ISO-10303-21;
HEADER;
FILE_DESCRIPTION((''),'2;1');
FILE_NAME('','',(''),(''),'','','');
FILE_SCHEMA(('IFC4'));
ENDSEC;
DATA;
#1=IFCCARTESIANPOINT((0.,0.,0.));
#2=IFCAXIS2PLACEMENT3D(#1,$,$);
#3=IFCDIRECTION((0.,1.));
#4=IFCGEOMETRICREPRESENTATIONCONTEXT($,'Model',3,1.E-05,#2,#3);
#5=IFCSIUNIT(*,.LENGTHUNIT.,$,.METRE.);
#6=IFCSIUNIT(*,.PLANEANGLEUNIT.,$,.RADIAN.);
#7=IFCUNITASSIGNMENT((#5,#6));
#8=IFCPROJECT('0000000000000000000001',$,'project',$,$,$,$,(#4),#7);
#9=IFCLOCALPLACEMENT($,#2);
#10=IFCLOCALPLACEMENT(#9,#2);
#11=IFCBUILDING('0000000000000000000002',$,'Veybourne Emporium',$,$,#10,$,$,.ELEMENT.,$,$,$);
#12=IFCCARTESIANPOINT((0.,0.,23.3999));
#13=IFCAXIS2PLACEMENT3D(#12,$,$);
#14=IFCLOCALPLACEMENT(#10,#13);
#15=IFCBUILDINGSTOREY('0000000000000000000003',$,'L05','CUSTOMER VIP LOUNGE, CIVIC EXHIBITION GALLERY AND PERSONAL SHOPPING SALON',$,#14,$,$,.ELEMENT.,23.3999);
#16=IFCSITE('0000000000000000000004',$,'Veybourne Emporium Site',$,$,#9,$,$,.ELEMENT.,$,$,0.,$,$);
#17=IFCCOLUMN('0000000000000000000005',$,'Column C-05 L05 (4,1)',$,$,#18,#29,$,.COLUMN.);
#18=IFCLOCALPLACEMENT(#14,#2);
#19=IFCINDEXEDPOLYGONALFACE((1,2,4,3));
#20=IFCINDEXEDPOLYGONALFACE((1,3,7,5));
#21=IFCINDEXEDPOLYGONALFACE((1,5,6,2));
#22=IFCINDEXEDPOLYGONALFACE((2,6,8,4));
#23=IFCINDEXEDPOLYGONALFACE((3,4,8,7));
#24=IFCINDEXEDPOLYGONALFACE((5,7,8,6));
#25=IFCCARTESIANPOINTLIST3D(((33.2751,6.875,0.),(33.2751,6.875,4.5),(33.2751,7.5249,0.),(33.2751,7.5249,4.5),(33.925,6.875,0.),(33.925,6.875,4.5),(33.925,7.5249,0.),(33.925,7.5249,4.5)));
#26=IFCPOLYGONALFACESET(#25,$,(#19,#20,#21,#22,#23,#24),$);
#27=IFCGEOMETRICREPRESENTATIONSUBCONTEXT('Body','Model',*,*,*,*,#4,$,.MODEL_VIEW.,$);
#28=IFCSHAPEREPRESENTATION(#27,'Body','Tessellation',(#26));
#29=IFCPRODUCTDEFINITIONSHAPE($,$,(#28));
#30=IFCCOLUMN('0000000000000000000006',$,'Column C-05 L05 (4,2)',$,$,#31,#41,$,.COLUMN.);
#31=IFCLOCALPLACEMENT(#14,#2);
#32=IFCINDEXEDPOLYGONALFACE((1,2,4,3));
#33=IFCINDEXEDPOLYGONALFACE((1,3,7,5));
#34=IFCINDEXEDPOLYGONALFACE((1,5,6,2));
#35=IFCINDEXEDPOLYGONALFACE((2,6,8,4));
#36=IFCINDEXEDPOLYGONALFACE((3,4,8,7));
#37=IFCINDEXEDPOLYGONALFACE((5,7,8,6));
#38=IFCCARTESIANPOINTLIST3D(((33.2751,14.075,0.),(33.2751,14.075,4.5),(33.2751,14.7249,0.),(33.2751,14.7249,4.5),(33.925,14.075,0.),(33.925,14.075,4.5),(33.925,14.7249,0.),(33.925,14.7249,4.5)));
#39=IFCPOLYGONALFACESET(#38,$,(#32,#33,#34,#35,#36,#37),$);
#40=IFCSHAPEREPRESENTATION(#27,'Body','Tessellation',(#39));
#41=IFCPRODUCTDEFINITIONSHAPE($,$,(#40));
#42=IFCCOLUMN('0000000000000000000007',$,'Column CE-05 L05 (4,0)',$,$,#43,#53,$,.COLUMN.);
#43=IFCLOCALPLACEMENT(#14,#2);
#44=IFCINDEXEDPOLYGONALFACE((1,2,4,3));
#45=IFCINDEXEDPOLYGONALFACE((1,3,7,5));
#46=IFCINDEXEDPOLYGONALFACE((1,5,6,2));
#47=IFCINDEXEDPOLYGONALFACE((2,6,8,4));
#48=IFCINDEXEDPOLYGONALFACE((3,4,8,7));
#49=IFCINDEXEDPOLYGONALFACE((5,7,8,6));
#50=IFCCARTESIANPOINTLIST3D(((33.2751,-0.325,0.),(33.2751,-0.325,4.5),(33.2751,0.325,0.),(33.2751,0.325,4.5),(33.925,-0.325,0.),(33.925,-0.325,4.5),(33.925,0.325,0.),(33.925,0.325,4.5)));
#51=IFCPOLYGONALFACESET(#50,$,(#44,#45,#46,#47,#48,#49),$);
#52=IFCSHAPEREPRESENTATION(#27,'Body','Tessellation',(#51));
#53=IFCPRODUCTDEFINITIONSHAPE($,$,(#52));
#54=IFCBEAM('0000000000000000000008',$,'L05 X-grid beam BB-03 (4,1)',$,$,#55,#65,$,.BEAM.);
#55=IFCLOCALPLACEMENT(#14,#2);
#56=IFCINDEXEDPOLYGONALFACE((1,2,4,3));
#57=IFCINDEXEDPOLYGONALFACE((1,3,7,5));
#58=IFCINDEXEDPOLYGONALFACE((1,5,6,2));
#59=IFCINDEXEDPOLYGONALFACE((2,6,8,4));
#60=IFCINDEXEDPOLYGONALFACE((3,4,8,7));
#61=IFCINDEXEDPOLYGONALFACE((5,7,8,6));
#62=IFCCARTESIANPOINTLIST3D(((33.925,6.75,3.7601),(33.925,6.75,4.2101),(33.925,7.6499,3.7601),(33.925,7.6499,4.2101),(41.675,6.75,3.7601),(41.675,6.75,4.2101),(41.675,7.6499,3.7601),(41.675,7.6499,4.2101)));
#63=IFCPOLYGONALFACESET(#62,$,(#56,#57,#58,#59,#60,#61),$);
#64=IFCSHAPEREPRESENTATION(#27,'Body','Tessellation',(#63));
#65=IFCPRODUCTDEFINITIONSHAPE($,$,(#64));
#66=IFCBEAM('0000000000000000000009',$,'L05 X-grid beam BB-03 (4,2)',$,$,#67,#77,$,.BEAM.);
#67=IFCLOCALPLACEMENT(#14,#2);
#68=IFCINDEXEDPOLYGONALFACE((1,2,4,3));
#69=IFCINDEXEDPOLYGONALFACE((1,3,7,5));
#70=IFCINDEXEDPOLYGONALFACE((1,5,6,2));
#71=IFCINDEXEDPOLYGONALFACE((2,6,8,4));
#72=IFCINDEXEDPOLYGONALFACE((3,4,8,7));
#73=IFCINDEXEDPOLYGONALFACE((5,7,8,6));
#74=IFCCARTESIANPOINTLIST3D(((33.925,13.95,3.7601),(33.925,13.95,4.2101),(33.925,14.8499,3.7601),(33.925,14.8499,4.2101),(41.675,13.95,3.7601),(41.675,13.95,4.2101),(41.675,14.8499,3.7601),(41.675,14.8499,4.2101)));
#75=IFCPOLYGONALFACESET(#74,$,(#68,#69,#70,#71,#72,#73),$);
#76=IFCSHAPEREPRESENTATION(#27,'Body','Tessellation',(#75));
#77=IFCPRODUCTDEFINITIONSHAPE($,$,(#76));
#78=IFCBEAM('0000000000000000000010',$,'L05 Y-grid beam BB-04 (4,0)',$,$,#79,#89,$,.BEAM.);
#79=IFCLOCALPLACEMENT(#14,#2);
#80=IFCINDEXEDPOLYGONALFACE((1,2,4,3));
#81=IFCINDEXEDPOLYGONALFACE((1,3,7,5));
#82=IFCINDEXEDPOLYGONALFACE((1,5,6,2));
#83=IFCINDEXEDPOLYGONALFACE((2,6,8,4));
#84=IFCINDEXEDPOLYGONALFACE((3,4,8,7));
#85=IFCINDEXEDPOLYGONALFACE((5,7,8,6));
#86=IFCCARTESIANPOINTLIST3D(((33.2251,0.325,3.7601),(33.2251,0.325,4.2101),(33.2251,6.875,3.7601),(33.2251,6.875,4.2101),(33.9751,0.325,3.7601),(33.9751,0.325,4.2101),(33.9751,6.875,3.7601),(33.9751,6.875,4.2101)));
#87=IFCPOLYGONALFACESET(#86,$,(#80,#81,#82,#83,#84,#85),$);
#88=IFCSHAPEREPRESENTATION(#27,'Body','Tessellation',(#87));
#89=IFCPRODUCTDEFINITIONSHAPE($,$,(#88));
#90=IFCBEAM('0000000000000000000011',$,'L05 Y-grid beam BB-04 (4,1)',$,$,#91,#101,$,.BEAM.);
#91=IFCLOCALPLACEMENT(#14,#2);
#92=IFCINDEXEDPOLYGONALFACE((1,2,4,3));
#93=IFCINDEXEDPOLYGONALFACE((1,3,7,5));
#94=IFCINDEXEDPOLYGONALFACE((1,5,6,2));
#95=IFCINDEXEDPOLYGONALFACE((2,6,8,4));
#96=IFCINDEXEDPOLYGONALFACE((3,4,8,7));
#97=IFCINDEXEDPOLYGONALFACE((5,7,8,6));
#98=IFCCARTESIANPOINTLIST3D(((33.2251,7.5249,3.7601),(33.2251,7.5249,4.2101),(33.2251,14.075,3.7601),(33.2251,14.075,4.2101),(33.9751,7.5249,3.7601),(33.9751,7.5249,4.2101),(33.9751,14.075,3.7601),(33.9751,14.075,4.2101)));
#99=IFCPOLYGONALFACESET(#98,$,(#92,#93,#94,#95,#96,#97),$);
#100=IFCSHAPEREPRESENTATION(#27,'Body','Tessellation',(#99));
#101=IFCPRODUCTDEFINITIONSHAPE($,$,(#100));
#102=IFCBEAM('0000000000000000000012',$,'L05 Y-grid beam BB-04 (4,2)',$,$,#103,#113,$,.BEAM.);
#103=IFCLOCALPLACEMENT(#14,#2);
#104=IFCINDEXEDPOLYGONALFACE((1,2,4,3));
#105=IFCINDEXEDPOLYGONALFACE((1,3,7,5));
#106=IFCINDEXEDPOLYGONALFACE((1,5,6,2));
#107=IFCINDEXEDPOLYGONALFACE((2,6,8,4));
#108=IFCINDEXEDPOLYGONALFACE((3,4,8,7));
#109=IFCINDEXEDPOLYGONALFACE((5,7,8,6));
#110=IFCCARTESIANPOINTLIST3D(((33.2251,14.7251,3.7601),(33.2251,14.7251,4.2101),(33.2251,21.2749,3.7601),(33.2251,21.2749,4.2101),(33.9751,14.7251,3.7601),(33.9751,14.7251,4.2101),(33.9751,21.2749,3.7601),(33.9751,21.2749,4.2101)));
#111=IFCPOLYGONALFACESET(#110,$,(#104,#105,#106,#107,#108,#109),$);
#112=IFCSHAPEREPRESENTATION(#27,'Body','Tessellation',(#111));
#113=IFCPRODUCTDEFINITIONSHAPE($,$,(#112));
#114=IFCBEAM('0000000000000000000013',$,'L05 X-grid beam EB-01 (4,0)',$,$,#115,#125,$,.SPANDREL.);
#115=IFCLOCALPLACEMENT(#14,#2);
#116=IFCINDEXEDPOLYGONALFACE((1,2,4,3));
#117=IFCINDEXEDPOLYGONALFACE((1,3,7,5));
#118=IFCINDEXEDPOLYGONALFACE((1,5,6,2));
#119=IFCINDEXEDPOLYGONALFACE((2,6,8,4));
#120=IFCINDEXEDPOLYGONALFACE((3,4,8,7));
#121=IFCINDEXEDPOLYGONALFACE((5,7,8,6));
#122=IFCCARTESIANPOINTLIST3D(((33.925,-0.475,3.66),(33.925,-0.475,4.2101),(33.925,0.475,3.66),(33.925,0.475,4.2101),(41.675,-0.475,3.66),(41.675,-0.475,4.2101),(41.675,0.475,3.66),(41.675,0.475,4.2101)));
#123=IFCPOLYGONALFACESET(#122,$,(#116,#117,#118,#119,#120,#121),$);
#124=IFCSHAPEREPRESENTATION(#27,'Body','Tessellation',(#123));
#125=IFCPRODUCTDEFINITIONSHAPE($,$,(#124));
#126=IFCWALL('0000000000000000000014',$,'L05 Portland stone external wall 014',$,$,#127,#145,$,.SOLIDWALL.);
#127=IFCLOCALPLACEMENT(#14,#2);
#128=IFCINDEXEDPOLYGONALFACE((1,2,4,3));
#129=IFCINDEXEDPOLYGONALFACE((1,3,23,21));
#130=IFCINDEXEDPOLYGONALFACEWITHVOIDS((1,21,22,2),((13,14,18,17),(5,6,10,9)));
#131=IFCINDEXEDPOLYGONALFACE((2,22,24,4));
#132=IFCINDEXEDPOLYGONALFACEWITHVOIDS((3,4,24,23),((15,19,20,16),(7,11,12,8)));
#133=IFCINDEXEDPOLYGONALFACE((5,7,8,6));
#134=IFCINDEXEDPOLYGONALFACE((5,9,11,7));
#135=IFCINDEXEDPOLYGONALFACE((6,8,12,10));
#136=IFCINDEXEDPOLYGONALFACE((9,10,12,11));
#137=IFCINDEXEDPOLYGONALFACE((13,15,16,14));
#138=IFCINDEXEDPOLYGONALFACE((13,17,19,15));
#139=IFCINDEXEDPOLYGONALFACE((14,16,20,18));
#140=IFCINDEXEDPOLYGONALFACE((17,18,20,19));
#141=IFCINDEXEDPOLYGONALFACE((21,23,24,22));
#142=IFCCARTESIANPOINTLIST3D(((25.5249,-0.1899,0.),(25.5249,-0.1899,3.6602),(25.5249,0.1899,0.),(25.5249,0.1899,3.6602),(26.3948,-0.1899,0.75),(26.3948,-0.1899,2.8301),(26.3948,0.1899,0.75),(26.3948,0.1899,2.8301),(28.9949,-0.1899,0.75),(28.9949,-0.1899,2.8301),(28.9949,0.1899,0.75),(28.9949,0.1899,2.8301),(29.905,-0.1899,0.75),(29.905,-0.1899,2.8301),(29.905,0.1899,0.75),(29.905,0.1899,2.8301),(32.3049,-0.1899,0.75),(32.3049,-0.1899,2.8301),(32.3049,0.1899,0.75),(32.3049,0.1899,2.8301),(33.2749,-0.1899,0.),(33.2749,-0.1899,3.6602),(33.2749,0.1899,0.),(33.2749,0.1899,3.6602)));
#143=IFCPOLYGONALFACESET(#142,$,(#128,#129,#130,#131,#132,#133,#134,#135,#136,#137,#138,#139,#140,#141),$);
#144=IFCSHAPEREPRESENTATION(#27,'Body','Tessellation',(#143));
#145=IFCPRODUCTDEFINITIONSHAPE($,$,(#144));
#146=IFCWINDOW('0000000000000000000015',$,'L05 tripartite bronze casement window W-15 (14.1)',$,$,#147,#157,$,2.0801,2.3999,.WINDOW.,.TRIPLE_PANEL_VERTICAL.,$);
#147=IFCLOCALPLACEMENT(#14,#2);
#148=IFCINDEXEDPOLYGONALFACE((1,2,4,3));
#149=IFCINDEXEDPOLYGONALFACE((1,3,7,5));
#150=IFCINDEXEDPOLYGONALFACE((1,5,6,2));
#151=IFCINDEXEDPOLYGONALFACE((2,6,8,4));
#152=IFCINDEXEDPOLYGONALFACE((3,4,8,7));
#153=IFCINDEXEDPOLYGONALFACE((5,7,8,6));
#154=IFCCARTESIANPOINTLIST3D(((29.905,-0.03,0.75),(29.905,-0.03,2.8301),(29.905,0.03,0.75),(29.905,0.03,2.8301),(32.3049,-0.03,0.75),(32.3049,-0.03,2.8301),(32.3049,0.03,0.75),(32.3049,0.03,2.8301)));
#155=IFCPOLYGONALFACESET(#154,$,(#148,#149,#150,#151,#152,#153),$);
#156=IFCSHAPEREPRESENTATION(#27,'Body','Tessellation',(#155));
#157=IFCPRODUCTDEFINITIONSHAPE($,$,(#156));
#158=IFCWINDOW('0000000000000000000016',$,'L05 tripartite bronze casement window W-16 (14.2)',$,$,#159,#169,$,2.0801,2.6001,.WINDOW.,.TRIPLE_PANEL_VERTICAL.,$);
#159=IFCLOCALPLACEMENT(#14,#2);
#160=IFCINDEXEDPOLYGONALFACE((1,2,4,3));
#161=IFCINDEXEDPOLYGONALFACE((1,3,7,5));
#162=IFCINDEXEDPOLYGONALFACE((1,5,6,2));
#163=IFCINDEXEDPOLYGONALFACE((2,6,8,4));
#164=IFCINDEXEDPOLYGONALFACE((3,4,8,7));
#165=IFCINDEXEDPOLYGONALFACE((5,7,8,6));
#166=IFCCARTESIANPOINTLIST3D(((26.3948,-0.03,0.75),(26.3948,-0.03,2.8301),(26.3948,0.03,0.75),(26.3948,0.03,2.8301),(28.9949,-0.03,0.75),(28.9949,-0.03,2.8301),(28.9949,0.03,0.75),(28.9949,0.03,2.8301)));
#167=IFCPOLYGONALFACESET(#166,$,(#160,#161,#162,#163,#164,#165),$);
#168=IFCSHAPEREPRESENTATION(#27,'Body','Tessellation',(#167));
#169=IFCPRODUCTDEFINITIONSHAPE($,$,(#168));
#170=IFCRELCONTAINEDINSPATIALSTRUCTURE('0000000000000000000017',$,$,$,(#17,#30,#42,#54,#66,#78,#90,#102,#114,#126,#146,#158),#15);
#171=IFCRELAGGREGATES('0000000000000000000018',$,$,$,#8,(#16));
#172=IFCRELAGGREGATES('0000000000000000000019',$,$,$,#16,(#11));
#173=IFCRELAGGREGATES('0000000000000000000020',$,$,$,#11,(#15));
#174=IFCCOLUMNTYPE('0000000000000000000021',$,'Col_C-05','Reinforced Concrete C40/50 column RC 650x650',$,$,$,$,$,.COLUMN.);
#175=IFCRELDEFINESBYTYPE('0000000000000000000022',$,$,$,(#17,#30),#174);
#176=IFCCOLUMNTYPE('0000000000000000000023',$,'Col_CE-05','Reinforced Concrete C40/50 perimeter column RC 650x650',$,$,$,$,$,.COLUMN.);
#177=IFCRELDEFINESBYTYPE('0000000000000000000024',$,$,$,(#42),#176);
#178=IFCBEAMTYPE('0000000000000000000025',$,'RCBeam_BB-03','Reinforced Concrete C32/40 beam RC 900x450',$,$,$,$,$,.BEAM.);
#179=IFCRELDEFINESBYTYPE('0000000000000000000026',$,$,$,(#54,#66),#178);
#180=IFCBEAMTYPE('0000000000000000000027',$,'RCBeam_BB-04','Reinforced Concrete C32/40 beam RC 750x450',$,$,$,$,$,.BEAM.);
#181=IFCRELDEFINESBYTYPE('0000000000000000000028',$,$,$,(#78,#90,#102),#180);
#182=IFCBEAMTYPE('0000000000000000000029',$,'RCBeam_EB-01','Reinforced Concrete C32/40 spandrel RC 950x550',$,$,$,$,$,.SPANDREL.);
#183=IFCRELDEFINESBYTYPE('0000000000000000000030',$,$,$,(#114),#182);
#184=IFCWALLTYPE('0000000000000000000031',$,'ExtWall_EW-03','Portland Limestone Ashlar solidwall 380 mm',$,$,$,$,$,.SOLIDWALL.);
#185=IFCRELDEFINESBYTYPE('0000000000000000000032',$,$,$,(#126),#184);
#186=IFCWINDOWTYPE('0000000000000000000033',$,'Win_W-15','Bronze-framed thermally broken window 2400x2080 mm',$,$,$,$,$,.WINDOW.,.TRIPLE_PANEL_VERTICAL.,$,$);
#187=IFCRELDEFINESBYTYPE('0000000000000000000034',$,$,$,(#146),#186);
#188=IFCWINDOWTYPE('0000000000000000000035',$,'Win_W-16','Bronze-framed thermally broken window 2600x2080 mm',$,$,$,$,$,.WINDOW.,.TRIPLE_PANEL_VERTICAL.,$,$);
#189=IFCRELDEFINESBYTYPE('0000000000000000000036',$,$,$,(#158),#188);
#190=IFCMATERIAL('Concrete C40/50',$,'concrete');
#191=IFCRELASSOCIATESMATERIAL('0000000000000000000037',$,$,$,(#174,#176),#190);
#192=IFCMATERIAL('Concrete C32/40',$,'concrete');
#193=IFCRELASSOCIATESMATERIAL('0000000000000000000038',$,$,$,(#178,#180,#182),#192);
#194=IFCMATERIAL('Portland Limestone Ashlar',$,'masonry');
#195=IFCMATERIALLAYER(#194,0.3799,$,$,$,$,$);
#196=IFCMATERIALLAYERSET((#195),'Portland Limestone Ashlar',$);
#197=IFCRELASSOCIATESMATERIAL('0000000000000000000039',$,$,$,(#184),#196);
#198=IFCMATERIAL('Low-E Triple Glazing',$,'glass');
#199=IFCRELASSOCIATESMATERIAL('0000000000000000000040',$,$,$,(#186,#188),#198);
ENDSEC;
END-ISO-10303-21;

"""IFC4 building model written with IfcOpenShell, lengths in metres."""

from ifc_helpers import new_model, si_unit, direction, frame, frame_2d, origin, origin_2d, place, context, subcontext, project, spatial, rectangle, extrude, material, layer, layer_set, material_profile, profile_set, type_object, element, fill, save


model = new_model("IFC4")

# Units and contexts
model_context = context("Model", 3, precision=1e-05, world=origin(), true_north=direction((0.0, 1.0)))
body_context = subcontext(model_context, "Body", "Model", "MODEL_VIEW")
ifc_project = project(units=[si_unit("LENGTHUNIT", "METRE"), si_unit("PLANEANGLEUNIT", "RADIAN")], contexts=[model_context])

# Site, building, storey
site_placement = place(None, origin())
site = spatial("IfcSite", under=ifc_project, at=site_placement, Name="Veybourne Emporium Site", CompositionType="ELEMENT", RefElevation=0.0)
building_placement = place(site_placement, origin())
building = spatial("IfcBuilding", under=site, at=building_placement, Name="Veybourne Emporium", CompositionType="ELEMENT")
storey_placement = place(building_placement, frame((0.0, 0.0, 23.3999)))
storey = spatial("IfcBuildingStorey", under=building, at=storey_placement, Name="L05", Description="CUSTOMER VIP LOUNGE, CIVIC EXHIBITION GALLERY AND PERSONAL SHOPPING SALON", CompositionType="ELEMENT", Elevation=23.3999)

# Columns
ifc_material_1 = material(Name="Concrete C40/50", Category="concrete")
ifc_material_profile_1 = material_profile(ifc_material_1, rectangle(XDim=0.6499, YDim=0.6499, at=origin_2d()), Name="RC 650x650")
ifc_profile_set_1 = profile_set([ifc_material_profile_1], Name="Concrete C40/50")
column_type_1 = type_object("IfcColumnType", Name="Col_C-05", Description="Reinforced Concrete C40/50 column RC 650x650", PredefinedType="COLUMN", material=ifc_profile_set_1)
for number, where, z_axis, x_axis, name in (
    (1, (33.6001, 7.2, 0.0), (0.0, 0.0, 1.0), (1.0, 0.0, 0.0), "Column C-05 L05 (4,1)"),
    (2, (33.6001, 14.3999, 0.0), (0.0, 0.0, 1.0), (1.0, 0.0, 0.0), "Column C-05 L05 (4,2)"),
):
    element("IfcColumn", number, at=place(storey_placement, frame(where, z_axis=z_axis, x_axis=x_axis)), inside=storey, type_object=column_type_1, Name=name, PredefinedType="COLUMN", context=body_context, shape_type="SweptSolid", body=[
        extrude(rectangle(XDim=0.6499, YDim=0.6499, at=origin_2d()), origin(), (0.0, 0.0, 1.0), 4.5),
    ])
ifc_material_profile_2 = material_profile(ifc_material_1, rectangle(XDim=0.6499, YDim=0.6499, at=origin_2d()), Name="RC 650x650")
ifc_profile_set_2 = profile_set([ifc_material_profile_2], Name="Concrete C40/50")
column_type_2 = type_object("IfcColumnType", Name="Col_CE-05", Description="Reinforced Concrete C40/50 perimeter column RC 650x650", PredefinedType="COLUMN", material=ifc_profile_set_2)
column_placement = place(storey_placement, frame((33.6001, 0.0, 0.0), z_axis=(0.0, 0.0, 1.0), x_axis=(1.0, 0.0, 0.0)))
element("IfcColumn", 3, at=column_placement, inside=storey, type_object=column_type_2, Name="Column CE-05 L05 (4,0)", PredefinedType="COLUMN", context=body_context, shape_type="SweptSolid", body=[
    extrude(rectangle(XDim=0.6499, YDim=0.6499, at=origin_2d()), origin(), (0.0, 0.0, 1.0), 4.5),
])

# Beams
ifc_material_2 = material(Name="Concrete C32/40", Category="concrete")
ifc_material_profile_3 = material_profile(ifc_material_2, rectangle(XDim=0.8999, YDim=0.45, at=origin_2d()), Name="RC 900x450")
ifc_profile_set_3 = profile_set([ifc_material_profile_3], Name="Concrete C32/40")
beam_type_1 = type_object("IfcBeamType", Name="RCBeam_BB-03", Description="Reinforced Concrete C32/40 beam RC 900x450", PredefinedType="BEAM", material=ifc_profile_set_3)
for number, where, z_axis, x_axis, name in (
    (4, (33.925, 7.2, 3.9851), (1.0, 0.0, 0.0), (0.0, 1.0, 0.0), "L05 X-grid beam BB-03 (4,1)"),
    (5, (33.925, 14.3999, 3.9851), (1.0, 0.0, 0.0), (0.0, 1.0, 0.0), "L05 X-grid beam BB-03 (4,2)"),
):
    element("IfcBeam", number, at=place(storey_placement, frame(where, z_axis=z_axis, x_axis=x_axis)), inside=storey, type_object=beam_type_1, Name=name, PredefinedType="BEAM", context=body_context, shape_type="SweptSolid", body=[
        extrude(rectangle(XDim=0.8999, YDim=0.45, at=origin_2d()), origin(), (0.0, 0.0, 1.0), 7.75),
    ])
ifc_material_profile_4 = material_profile(ifc_material_2, rectangle(XDim=0.75, YDim=0.45, at=origin_2d()), Name="RC 750x450")
ifc_profile_set_4 = profile_set([ifc_material_profile_4], Name="Concrete C32/40")
beam_type_2 = type_object("IfcBeamType", Name="RCBeam_BB-04", Description="Reinforced Concrete C32/40 beam RC 750x450", PredefinedType="BEAM", material=ifc_profile_set_4)
for number, where, z_axis, x_axis, name in (
    (6, (33.6001, 0.325, 3.9851), (0.0, 1.0, 0.0), (-1.0, 0.0, 0.0), "L05 Y-grid beam BB-04 (4,0)"),
    (7, (33.6001, 7.5249, 3.9851), (0.0, 1.0, 0.0), (-1.0, 0.0, 0.0), "L05 Y-grid beam BB-04 (4,1)"),
):
    element("IfcBeam", number, at=place(storey_placement, frame(where, z_axis=z_axis, x_axis=x_axis)), inside=storey, type_object=beam_type_2, Name=name, PredefinedType="BEAM", context=body_context, shape_type="SweptSolid", body=[
        extrude(rectangle(XDim=0.75, YDim=0.45, at=origin_2d()), origin(), (0.0, 0.0, 1.0), 6.55),
    ])
beam_1_placement = place(storey_placement, frame((33.6001, 14.7251, 3.9851), z_axis=(0.0, 1.0, 0.0), x_axis=(-1.0, 0.0, 0.0)))
element("IfcBeam", 8, at=beam_1_placement, inside=storey, type_object=beam_type_2, Name="L05 Y-grid beam BB-04 (4,2)", PredefinedType="BEAM", context=body_context, shape_type="SweptSolid", body=[
    extrude(rectangle(XDim=0.75, YDim=0.45, at=origin_2d()), origin(), (0.0, 0.0, 1.0), 6.5498),
])
ifc_material_profile_5 = material_profile(ifc_material_2, rectangle(XDim=0.95, YDim=0.55, at=origin_2d()), Name="RC 950x550")
ifc_profile_set_5 = profile_set([ifc_material_profile_5], Name="Concrete C32/40")
beam_type_3 = type_object("IfcBeamType", Name="RCBeam_EB-01", Description="Reinforced Concrete C32/40 spandrel RC 950x550", PredefinedType="SPANDREL", material=ifc_profile_set_5)
beam_2_placement = place(storey_placement, frame((33.925, 0.0, 3.9351), z_axis=(1.0, 0.0, 0.0), x_axis=(0.0, 1.0, 0.0)))
element("IfcBeam", 9, at=beam_2_placement, inside=storey, type_object=beam_type_3, Name="L05 X-grid beam EB-01 (4,0)", PredefinedType="SPANDREL", context=body_context, shape_type="SweptSolid", body=[
    extrude(rectangle(XDim=0.95, YDim=0.55, at=origin_2d()), origin(), (0.0, 0.0, 1.0), 7.75),
])

# Wall, openings, windows
ifc_material_3 = material(Name="Portland Limestone Ashlar", Category="masonry")
ifc_layer_1 = layer(ifc_material_3, 0.3799)
ifc_layer_set_1 = layer_set([ifc_layer_1], Name="Portland Limestone Ashlar")
wall_type_1 = type_object("IfcWallType", Name="ExtWall_EW-03", Description="Portland Limestone Ashlar solidwall 380 mm", PredefinedType="SOLIDWALL", material=ifc_layer_set_1)
wall_1_placement = place(storey_placement, frame((33.2749, 0.0, 0.0), z_axis=(0.0, 0.0, 1.0), x_axis=(-1.0, 0.0, 0.0)))
wall_1 = element("IfcWall", 10, at=wall_1_placement, inside=storey, type_object=wall_type_1, Name="L05 Portland stone external wall 014", PredefinedType="SOLIDWALL", context=body_context, shape_type="SweptSolid", body=[
    extrude(rectangle(XDim=7.75, YDim=0.3799, at=frame_2d((3.875, 0.0))), origin(), (0.0, 0.0, 1.0), 3.6602),
])
opening_1_placement = place(wall_1_placement, frame((0.97, 0.0, 0.75)))
opening_1 = element("IfcOpeningElement", 11, at=opening_1_placement, cuts=wall_1, PredefinedType="OPENING", context=body_context, shape_type="SweptSolid", body=[
    extrude(rectangle(XDim=2.3999, YDim=2.0801, at=frame_2d((1.2, 1.04))), frame((0.0, 0.21, 0.0), z_axis=(0.0, -1.0, 0.0), x_axis=(1.0, 0.0, 0.0)), (0.0, 0.0, 1.0), 0.4199),
])
opening_2_placement = place(wall_1_placement, frame((4.28, 0.0, 0.75)))
opening_2 = element("IfcOpeningElement", 12, at=opening_2_placement, cuts=wall_1, PredefinedType="OPENING", context=body_context, shape_type="SweptSolid", body=[
    extrude(rectangle(XDim=2.6001, YDim=2.0801, at=frame_2d((1.3, 1.04))), frame((0.0, 0.21, 0.0), z_axis=(0.0, -1.0, 0.0), x_axis=(1.0, 0.0, 0.0)), (0.0, 0.0, 1.0), 0.4199),
])
ifc_material_4 = material(Name="Low-E Triple Glazing", Category="glass")
window_type_1 = type_object("IfcWindowType", Name="Win_W-15", Description="Bronze-framed thermally broken window 2400x2080 mm", PartitioningType="TRIPLE_PANEL_VERTICAL", PredefinedType="WINDOW", material=ifc_material_4)
window_1_placement = place(opening_1_placement, origin())
window_1 = element("IfcWindow", 13, at=window_1_placement, inside=storey, type_object=window_type_1, Name="L05 tripartite bronze casement window W-15 (14.1)", OverallHeight=2.0801, OverallWidth=2.3999, PartitioningType="TRIPLE_PANEL_VERTICAL", PredefinedType="WINDOW", context=body_context, shape_type="SweptSolid", body=[
    extrude(rectangle(XDim=2.3999, YDim=2.0801, at=frame_2d((1.2, 1.04))), frame((0.0, 0.03, 0.0), z_axis=(0.0, -1.0, 0.0), x_axis=(1.0, 0.0, 0.0)), (0.0, 0.0, 1.0), 0.0601),
])
fill(opening_1, window_1)
window_type_2 = type_object("IfcWindowType", Name="Win_W-16", Description="Bronze-framed thermally broken window 2600x2080 mm", PartitioningType="TRIPLE_PANEL_VERTICAL", PredefinedType="WINDOW", material=ifc_material_4)
window_2_placement = place(opening_2_placement, origin())
window_2 = element("IfcWindow", 14, at=window_2_placement, inside=storey, type_object=window_type_2, Name="L05 tripartite bronze casement window W-16 (14.2)", OverallHeight=2.0801, OverallWidth=2.6001, PartitioningType="TRIPLE_PANEL_VERTICAL", PredefinedType="WINDOW", context=body_context, shape_type="SweptSolid", body=[
    extrude(rectangle(XDim=2.6001, YDim=2.0801, at=frame_2d((1.3, 1.04))), frame((0.0, 0.03, 0.0), z_axis=(0.0, -1.0, 0.0), x_axis=(1.0, 0.0, 0.0)), (0.0, 0.0, 1.0), 0.0601),
])
fill(opening_2, window_2)

save(model, "model.ifc")
